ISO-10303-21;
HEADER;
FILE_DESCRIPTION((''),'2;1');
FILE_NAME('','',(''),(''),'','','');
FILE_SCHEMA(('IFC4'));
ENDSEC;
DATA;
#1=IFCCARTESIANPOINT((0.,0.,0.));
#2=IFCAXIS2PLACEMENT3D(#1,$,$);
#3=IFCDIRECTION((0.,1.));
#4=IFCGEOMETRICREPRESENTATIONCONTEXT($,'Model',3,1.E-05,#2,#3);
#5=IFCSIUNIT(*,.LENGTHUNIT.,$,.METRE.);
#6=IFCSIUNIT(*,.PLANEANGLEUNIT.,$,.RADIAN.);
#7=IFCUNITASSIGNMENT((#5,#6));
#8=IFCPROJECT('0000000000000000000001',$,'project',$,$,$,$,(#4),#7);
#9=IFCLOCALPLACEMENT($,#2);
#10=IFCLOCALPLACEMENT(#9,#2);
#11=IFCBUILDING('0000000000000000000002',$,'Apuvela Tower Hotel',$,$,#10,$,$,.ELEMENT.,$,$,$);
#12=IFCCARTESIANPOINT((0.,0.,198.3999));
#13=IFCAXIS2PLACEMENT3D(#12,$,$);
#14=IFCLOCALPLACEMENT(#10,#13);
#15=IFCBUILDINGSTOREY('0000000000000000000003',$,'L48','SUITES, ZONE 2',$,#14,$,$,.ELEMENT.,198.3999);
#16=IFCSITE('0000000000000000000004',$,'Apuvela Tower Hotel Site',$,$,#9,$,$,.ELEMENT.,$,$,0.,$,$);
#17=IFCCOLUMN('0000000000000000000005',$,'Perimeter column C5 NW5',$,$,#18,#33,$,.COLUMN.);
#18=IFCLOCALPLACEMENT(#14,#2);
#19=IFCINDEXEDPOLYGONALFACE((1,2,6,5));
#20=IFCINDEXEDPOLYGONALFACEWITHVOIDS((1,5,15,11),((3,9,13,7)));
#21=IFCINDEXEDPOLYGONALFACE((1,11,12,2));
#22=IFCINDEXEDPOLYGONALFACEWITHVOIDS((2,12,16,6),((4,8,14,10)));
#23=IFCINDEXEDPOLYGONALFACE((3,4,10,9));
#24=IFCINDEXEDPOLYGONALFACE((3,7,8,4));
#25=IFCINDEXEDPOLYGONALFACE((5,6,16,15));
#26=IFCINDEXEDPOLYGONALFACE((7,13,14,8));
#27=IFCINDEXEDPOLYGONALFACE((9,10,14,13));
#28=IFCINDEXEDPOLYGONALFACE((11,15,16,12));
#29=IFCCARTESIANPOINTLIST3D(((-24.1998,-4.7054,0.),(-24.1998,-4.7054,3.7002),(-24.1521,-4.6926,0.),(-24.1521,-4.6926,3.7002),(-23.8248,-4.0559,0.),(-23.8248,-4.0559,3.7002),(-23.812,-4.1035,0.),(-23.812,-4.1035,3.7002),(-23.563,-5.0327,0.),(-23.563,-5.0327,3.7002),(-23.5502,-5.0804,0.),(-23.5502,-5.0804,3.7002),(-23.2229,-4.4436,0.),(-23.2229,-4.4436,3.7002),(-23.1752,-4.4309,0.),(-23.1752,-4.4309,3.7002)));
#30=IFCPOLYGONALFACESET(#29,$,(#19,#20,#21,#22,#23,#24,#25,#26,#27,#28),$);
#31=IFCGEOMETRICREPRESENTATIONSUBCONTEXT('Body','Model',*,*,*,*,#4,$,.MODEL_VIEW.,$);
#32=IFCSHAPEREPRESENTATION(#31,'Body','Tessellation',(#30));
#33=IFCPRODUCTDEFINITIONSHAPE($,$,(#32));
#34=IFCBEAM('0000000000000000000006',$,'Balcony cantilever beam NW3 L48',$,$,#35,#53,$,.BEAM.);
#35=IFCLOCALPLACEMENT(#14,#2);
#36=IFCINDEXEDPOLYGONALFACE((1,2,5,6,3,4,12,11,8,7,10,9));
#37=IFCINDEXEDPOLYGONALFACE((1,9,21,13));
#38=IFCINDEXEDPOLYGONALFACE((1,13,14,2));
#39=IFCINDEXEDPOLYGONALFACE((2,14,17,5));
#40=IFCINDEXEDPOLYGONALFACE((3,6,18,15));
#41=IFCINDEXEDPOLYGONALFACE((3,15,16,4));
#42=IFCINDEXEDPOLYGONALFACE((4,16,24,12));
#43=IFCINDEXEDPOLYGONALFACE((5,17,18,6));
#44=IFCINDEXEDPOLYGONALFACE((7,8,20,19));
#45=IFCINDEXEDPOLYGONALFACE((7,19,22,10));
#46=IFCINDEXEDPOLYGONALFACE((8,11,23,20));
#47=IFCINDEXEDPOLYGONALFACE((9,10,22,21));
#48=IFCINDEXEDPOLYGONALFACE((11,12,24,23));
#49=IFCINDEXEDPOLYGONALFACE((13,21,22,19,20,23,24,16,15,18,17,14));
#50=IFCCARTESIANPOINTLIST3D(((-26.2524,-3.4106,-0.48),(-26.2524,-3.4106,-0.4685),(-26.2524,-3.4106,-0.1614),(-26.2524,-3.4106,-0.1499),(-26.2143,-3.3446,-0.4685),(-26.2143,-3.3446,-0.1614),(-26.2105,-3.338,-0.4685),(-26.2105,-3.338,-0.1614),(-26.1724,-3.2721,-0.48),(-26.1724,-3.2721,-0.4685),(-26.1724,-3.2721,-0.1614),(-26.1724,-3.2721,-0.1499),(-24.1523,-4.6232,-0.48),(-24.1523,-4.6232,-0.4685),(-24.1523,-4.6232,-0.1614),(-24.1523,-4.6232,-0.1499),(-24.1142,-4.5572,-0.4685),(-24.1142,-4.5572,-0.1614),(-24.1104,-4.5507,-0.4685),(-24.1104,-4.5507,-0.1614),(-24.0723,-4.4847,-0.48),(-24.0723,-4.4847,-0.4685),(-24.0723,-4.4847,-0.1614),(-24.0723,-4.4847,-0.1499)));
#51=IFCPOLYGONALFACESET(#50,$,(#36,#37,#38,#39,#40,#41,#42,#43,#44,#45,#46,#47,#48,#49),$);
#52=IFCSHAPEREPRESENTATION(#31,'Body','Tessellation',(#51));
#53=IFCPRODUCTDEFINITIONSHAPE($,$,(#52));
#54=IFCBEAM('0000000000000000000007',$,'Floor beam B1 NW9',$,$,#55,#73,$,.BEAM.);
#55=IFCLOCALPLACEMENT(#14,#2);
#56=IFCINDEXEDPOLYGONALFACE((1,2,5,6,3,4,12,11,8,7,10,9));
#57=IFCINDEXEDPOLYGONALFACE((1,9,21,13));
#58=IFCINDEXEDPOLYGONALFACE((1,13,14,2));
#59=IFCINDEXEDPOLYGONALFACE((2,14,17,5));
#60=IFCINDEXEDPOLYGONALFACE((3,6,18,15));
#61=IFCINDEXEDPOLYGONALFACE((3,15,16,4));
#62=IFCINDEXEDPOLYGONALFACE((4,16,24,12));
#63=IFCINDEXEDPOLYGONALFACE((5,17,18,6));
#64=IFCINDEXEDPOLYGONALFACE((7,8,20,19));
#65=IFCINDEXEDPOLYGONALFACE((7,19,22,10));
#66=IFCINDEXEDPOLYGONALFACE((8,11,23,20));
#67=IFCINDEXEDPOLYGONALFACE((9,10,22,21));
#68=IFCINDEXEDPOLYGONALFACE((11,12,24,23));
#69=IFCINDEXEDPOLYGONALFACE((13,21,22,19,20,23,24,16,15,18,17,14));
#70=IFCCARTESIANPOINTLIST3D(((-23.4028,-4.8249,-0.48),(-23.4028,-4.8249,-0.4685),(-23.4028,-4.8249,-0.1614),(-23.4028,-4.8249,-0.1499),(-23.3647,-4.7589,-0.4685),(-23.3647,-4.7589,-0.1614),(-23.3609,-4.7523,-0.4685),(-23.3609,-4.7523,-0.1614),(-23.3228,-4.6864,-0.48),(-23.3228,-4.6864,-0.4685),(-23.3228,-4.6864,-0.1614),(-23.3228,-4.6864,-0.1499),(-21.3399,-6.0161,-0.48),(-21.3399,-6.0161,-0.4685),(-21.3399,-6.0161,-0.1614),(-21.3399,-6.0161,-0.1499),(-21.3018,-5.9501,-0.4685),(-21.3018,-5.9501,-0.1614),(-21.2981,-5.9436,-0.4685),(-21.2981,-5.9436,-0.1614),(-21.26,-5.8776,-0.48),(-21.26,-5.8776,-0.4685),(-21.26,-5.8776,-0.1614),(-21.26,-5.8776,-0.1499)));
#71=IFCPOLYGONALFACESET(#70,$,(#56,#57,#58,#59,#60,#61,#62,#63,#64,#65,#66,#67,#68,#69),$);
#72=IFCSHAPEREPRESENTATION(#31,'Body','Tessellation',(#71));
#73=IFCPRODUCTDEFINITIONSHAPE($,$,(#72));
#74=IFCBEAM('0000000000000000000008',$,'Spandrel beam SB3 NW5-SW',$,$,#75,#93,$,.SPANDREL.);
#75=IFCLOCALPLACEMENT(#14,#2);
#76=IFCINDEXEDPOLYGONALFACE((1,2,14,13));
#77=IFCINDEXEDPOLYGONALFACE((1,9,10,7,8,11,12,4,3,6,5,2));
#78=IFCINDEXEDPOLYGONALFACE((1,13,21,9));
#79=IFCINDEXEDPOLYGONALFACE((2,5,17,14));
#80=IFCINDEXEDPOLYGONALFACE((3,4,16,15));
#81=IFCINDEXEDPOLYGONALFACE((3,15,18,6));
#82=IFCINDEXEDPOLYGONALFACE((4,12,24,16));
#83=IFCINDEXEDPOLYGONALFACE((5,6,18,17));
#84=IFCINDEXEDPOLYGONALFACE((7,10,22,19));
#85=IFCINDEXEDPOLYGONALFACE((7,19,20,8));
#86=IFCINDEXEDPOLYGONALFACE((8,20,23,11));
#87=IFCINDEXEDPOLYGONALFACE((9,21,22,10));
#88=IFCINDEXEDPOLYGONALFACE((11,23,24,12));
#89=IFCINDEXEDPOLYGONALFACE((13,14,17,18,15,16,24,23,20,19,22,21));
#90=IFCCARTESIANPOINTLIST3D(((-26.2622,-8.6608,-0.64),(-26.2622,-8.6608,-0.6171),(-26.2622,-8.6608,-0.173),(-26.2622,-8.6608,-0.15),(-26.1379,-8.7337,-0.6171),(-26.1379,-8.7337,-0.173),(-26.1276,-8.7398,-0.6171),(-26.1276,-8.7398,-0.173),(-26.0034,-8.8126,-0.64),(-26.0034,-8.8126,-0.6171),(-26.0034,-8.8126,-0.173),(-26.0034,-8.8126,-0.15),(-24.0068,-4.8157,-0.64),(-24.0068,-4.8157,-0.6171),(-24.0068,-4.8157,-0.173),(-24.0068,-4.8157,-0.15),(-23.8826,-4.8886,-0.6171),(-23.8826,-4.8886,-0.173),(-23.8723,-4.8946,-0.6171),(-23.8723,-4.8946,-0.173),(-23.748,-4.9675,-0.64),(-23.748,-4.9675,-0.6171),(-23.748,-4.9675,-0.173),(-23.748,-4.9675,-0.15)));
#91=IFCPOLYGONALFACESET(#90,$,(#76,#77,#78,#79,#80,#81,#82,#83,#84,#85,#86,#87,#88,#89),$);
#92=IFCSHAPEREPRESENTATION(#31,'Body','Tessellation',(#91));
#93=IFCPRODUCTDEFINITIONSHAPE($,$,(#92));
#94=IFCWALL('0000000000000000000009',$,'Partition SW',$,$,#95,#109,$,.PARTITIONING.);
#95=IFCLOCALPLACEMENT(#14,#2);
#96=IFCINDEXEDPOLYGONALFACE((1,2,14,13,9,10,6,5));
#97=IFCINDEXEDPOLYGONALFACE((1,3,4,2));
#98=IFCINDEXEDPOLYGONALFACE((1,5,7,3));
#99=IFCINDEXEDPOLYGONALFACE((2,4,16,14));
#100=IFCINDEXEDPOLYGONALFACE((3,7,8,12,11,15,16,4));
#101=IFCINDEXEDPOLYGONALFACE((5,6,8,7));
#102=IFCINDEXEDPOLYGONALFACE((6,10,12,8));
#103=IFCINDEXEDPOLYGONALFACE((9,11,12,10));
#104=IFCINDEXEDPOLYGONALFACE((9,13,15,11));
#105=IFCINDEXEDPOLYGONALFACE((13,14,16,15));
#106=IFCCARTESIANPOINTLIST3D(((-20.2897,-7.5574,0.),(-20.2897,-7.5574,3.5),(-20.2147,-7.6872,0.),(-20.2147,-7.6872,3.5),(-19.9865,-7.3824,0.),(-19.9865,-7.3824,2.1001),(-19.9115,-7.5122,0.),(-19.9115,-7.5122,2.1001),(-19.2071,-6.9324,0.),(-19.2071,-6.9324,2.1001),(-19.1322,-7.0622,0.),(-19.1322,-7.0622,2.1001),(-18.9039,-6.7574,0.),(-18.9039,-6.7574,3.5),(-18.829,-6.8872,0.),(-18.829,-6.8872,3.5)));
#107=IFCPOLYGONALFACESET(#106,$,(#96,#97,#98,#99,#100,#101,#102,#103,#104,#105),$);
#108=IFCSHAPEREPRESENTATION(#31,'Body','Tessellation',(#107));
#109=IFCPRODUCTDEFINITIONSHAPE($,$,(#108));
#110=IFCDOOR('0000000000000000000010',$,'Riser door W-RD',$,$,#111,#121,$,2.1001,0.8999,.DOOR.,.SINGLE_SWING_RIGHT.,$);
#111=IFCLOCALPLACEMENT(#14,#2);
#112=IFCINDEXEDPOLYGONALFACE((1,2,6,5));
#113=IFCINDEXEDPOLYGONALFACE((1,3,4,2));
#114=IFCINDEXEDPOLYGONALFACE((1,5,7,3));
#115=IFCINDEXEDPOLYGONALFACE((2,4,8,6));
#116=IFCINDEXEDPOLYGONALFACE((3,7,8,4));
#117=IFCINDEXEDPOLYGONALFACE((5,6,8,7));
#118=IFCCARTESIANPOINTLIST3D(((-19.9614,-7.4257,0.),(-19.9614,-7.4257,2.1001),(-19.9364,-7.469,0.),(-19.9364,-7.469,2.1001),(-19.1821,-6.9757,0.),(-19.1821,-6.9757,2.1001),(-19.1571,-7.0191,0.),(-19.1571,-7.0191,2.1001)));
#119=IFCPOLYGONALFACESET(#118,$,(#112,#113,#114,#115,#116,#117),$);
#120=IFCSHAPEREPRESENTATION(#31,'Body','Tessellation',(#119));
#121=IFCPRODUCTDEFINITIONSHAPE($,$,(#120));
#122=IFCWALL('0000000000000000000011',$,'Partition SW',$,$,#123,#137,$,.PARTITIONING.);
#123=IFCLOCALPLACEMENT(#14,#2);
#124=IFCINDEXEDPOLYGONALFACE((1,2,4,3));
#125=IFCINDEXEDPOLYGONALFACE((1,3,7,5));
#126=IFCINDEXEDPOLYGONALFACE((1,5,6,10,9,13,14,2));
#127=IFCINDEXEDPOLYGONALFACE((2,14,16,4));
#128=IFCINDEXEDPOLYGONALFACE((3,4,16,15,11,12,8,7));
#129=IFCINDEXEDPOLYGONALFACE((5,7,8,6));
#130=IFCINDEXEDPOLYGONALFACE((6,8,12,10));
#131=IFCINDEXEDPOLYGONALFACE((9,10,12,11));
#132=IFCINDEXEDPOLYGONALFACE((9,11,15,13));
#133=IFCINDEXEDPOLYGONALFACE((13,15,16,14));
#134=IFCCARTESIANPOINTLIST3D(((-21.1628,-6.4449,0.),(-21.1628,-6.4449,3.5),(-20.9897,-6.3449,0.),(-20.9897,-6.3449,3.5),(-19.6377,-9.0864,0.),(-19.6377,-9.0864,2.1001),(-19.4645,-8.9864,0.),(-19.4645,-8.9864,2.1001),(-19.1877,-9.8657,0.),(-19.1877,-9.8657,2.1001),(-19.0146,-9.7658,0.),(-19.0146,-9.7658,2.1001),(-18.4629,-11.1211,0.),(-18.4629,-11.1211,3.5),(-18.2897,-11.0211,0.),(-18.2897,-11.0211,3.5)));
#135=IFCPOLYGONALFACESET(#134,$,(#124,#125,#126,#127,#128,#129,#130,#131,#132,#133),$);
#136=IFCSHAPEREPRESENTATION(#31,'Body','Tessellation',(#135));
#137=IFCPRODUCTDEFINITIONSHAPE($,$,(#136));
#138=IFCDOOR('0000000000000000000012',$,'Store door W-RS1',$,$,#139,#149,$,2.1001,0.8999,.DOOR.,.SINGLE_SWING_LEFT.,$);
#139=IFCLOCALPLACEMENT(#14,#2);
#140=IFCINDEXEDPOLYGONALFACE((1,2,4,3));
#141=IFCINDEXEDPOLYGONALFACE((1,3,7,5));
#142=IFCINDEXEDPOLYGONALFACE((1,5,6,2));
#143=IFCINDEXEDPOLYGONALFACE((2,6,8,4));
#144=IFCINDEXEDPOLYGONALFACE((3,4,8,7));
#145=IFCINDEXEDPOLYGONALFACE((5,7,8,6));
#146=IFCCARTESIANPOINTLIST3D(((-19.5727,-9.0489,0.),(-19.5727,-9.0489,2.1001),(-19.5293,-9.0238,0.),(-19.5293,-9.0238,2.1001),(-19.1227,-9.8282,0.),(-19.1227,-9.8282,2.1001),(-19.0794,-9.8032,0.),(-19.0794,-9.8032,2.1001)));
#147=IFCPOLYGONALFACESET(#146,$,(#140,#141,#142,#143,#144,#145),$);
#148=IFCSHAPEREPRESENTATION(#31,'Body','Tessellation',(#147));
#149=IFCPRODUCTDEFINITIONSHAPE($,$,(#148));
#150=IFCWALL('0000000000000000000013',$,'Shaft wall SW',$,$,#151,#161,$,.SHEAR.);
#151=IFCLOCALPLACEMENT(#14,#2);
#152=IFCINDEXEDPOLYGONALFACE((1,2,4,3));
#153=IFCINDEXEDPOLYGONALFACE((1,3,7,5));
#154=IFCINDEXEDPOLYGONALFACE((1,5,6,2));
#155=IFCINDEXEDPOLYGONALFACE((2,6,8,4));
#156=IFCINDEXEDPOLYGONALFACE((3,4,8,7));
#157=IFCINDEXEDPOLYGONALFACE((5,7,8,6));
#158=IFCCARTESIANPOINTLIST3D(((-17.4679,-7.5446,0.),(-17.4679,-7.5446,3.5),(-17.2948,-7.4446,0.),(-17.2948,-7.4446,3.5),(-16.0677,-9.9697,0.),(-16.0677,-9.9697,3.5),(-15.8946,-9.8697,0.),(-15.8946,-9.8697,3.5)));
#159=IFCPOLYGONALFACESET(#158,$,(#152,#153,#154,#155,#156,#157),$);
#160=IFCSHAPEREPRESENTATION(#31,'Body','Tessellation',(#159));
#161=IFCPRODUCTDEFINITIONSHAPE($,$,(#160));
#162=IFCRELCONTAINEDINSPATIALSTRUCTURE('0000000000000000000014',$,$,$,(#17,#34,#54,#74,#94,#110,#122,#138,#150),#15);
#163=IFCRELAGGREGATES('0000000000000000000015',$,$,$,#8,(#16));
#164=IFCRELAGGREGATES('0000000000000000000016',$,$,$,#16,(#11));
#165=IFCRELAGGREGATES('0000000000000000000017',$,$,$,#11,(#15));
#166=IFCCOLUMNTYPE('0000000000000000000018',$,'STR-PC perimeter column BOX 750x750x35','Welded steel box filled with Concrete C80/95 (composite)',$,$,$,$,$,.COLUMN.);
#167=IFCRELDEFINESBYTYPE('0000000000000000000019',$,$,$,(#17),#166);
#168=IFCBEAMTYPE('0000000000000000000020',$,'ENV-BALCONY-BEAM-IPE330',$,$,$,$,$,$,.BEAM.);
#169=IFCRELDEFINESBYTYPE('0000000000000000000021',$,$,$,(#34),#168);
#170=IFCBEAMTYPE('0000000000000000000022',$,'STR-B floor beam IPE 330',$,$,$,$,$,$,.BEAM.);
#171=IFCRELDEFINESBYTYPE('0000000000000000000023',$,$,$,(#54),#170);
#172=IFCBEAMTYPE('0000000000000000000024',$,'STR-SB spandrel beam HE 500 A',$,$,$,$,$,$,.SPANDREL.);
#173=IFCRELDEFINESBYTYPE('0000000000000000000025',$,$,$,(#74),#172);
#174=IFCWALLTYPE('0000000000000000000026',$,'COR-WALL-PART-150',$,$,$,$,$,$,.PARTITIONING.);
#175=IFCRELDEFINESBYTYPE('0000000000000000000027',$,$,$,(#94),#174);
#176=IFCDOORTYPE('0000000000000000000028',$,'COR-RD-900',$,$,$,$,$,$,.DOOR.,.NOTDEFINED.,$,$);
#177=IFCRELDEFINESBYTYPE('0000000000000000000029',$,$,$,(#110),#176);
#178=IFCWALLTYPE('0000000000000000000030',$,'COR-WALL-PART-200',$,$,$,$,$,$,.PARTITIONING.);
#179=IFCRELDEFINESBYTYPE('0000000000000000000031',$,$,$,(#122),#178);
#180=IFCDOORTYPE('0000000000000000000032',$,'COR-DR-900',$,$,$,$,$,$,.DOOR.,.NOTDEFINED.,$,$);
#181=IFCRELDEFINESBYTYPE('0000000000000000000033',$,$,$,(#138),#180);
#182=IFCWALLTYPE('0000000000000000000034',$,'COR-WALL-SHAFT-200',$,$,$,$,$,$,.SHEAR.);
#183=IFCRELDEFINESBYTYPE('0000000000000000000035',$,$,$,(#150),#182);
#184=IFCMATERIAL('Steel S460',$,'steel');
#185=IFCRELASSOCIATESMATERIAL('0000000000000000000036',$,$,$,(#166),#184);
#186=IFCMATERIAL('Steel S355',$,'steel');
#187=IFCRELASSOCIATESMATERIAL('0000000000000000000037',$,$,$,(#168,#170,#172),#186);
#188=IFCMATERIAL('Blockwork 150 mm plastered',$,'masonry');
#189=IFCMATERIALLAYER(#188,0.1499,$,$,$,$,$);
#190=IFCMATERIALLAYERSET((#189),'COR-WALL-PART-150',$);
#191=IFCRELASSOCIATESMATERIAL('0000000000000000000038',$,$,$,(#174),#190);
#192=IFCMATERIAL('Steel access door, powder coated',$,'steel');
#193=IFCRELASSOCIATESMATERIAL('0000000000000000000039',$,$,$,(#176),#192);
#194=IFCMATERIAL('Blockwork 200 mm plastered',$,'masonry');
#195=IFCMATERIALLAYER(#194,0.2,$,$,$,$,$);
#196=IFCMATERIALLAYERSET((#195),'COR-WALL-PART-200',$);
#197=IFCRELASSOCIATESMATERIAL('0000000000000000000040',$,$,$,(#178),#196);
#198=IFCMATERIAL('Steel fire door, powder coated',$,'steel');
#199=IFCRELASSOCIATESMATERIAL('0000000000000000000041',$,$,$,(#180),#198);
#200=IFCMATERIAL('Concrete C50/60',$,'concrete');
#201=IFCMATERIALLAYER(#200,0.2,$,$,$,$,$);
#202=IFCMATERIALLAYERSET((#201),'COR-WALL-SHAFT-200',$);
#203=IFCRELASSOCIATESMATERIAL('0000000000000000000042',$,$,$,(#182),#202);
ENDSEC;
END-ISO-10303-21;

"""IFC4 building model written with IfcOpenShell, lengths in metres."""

from ifc_helpers import new_model, si_unit, direction, frame, frame_2d, origin, origin_2d, place, context, subcontext, project, spatial, rectangle, hollow_rectangle, i_section, extrude, material, layer, layer_set, material_profile, profile_set, type_object, element, fill, save


model = new_model("IFC4")

# Units and contexts
model_context = context("Model", 3, precision=1e-05, world=origin(), true_north=direction((0.0, 1.0)))
body_context = subcontext(model_context, "Body", "Model", "MODEL_VIEW")
ifc_project = project(units=[si_unit("LENGTHUNIT", "METRE"), si_unit("PLANEANGLEUNIT", "RADIAN")], contexts=[model_context])

# Site, building, storey
site_placement = place(None, origin())
site = spatial("IfcSite", under=ifc_project, at=site_placement, Name="Apuvela Tower Hotel Site", CompositionType="ELEMENT", RefElevation=0.0)
building_placement = place(site_placement, origin())
building = spatial("IfcBuilding", under=site, at=building_placement, Name="Apuvela Tower Hotel", CompositionType="ELEMENT")
storey_placement = place(building_placement, frame((0.0, 0.0, 198.3999)))
storey = spatial("IfcBuildingStorey", under=building, at=storey_placement, Name="L48", Description="SUITES, ZONE 2", CompositionType="ELEMENT", Elevation=198.3999)

# Column
ifc_material_1 = material(Name="Steel S460", Category="steel")
ifc_material_profile_1 = material_profile(ifc_material_1, hollow_rectangle(XDim=0.75, YDim=0.75, WallThickness=0.0349, at=origin_2d()), Name="BOX 750x750x35")
ifc_material_2 = material(Name="Concrete C80/95", Category="concrete")
ifc_material_profile_2 = material_profile(ifc_material_2, rectangle(XDim=0.6799, YDim=0.6799, at=origin_2d()), Name="Concrete C80/95 infill")
ifc_profile_set_1 = profile_set([ifc_material_profile_1, ifc_material_profile_2], Name="Steel S460")
column_type = type_object("IfcColumnType", Name="STR-PC perimeter column BOX 750x750x35", Description="Welded steel box filled with Concrete C80/95 (composite)", PredefinedType="COLUMN", material=ifc_profile_set_1)
column_placement = place(storey_placement, frame((-23.6875, -4.5681, 0.0), z_axis=(0.0, 0.0, 1.0), x_axis=(0.5, 0.866025, 0.0)))
element("IfcColumn", 1, at=column_placement, inside=storey, type_object=column_type, Name="Perimeter column C5 NW5", PredefinedType="COLUMN", context=body_context, shape_type="SweptSolid", body=[
    extrude(hollow_rectangle(XDim=0.75, YDim=0.75, WallThickness=0.0349, at=origin_2d()), origin(), (0.0, 0.0, 1.0), 3.7002),
])

# Beams
ifc_material_3 = material(Name="Steel S355", Category="steel")
ifc_material_profile_3 = material_profile(ifc_material_3, i_section(OverallWidth=0.1599, OverallDepth=0.3301, WebThickness=0.0076, FlangeThickness=0.0115, at=origin_2d()), Name="IPE 330")
ifc_profile_set_2 = profile_set([ifc_material_profile_3], Name="Steel S355")
beam_type_1 = type_object("IfcBeamType", Name="ENV-BALCONY-BEAM-IPE330", PredefinedType="BEAM", material=ifc_profile_set_2)
beam_1_placement = place(storey_placement, frame((-24.1123, -4.554, -0.3149), z_axis=(-0.865998, 0.500048, 0.0), x_axis=(-0.500048, -0.865998, 0.0)))
element("IfcBeam", 2, at=beam_1_placement, inside=storey, type_object=beam_type_1, Name="Balcony cantilever beam NW3 L48", PredefinedType="BEAM", context=body_context, shape_type="SweptSolid", body=[
    extrude(i_section(OverallWidth=0.1599, OverallDepth=0.3301, WebThickness=0.0076, FlangeThickness=0.0115, at=origin_2d()), origin(), (0.0, 0.0, 1.0), 2.425),
])
ifc_material_profile_4 = material_profile(ifc_material_3, i_section(OverallWidth=0.1599, OverallDepth=0.3301, WebThickness=0.0076, FlangeThickness=0.0115, at=origin_2d()), Name="IPE 330")
ifc_profile_set_3 = profile_set([ifc_material_profile_4], Name="Steel S355")
beam_type_2 = type_object("IfcBeamType", Name="STR-B floor beam IPE 330", PredefinedType="BEAM", material=ifc_profile_set_3)
beam_2_placement = place(storey_placement, frame((-23.3628, -4.7556, -0.3149), z_axis=(0.865982, -0.500074, 0.0), x_axis=(0.500074, 0.865982, 0.0)))
element("IfcBeam", 3, at=beam_2_placement, inside=storey, type_object=beam_type_2, Name="Floor beam B1 NW9", PredefinedType="BEAM", context=body_context, shape_type="SweptSolid", body=[
    extrude(i_section(OverallWidth=0.1599, OverallDepth=0.3301, WebThickness=0.0076, FlangeThickness=0.0115, at=origin_2d()), origin(), (0.0, 0.0, 1.0), 2.3821),
])
ifc_material_profile_5 = material_profile(ifc_material_3, i_section(OverallWidth=0.3, OverallDepth=0.49, WebThickness=0.012, FlangeThickness=0.0229, at=origin_2d()), Name="HE 500 A")
ifc_profile_set_4 = profile_set([ifc_material_profile_5], Name="Steel S355")
beam_type_3 = type_object("IfcBeamType", Name="STR-SB spandrel beam HE 500 A", PredefinedType="SPANDREL", material=ifc_profile_set_4)
beam_3_placement = place(storey_placement, frame((-23.8774, -4.8916, -0.395), z_axis=(-0.505933, -0.862573, 0.0), x_axis=(0.862573, -0.505933, 0.0)))
element("IfcBeam", 4, at=beam_3_placement, inside=storey, type_object=beam_type_3, Name="Spandrel beam SB3 NW5-SW", PredefinedType="SPANDREL", context=body_context, shape_type="SweptSolid", body=[
    extrude(i_section(OverallWidth=0.3, OverallDepth=0.49, WebThickness=0.012, FlangeThickness=0.0229, at=origin_2d()), origin(), (0.0, 0.0, 1.0), 4.4578),
])

# Walls, openings, doors
ifc_material_4 = material(Name="Blockwork 150 mm plastered", Category="masonry")
ifc_layer_1 = layer(ifc_material_4, 0.1499)
ifc_layer_set_1 = layer_set([ifc_layer_1], Name="COR-WALL-PART-150")
wall_type_1 = type_object("IfcWallType", Name="COR-WALL-PART-150", PredefinedType="PARTITIONING", material=ifc_layer_set_1)
wall_1_placement = place(storey_placement, frame((-18.8665, -6.8223, 0.0), z_axis=(0.0, 0.0, 1.0), x_axis=(-0.866028, -0.499995, 0.0)))
wall_1 = element("IfcWall", 5, at=wall_1_placement, inside=storey, type_object=wall_type_1, Name="Partition SW", PredefinedType="PARTITIONING", context=body_context, shape_type="SweptSolid", body=[
    extrude(rectangle(XDim=1.6001, YDim=0.1499, at=frame_2d((0.8, 0.0))), origin(), (0.0, 0.0, 1.0), 3.5),
])
opening_1_placement = place(wall_1_placement, frame((0.3501, 0.0, 0.0)))
opening_1 = element("IfcOpeningElement", 6, at=opening_1_placement, cuts=wall_1, PredefinedType="OPENING", context=body_context, shape_type="SweptSolid", body=[
    extrude(rectangle(XDim=0.8999, YDim=2.1001, at=frame_2d((0.45, 1.05))), frame((0.0, 0.085, 0.0), z_axis=(0.0, -1.0, 0.0), x_axis=(1.0, 0.0, 0.0)), (0.0, 0.0, 1.0), 0.1699),
])
ifc_material_5 = material(Name="Steel access door, powder coated", Category="steel")
door_type_1 = type_object("IfcDoorType", Name="COR-RD-900", OperationType="NOTDEFINED", PredefinedType="DOOR", material=ifc_material_5)
door_1_placement = place(opening_1_placement, frame((0.8999, 0.0, 0.0), z_axis=(0.0, 0.0, 1.0), x_axis=(-1.0, 0.0, 0.0)))
door_1 = element("IfcDoor", 7, at=door_1_placement, inside=storey, type_object=door_type_1, Name="Riser door W-RD", OperationType="SINGLE_SWING_RIGHT", OverallHeight=2.1001, OverallWidth=0.8999, PredefinedType="DOOR", context=body_context, shape_type="SweptSolid", body=[
    extrude(rectangle(XDim=0.8999, YDim=2.1001, at=frame_2d((0.45, 1.05))), frame((0.0, 0.0249, 0.0), z_axis=(0.0, -1.0, 0.0), x_axis=(1.0, 0.0, 0.0)), (0.0, 0.0, 1.0), 0.05),
])
fill(opening_1, door_1)
ifc_material_6 = material(Name="Blockwork 200 mm plastered", Category="masonry")
ifc_layer_2 = layer(ifc_material_6, 0.2)
ifc_layer_set_2 = layer_set([ifc_layer_2], Name="COR-WALL-PART-200")
wall_type_2 = type_object("IfcWallType", Name="COR-WALL-PART-200", PredefinedType="PARTITIONING", material=ifc_layer_set_2)
wall_2_placement = place(storey_placement, frame((-21.0762, -6.395, 0.0), z_axis=(0.0, 0.0, 1.0), x_axis=(0.500015, -0.866017, 0.0)))
wall_2 = element("IfcWall", 8, at=wall_2_placement, inside=storey, type_object=wall_type_2, Name="Partition SW", PredefinedType="PARTITIONING", context=body_context, shape_type="SweptSolid", body=[
    extrude(rectangle(XDim=5.3997, YDim=0.2, at=frame_2d((2.6997, 0.0))), origin(), (0.0, 0.0, 1.0), 3.5),
])
opening_2_placement = place(wall_2_placement, frame((3.05, 0.0, 0.0)))
opening_2 = element("IfcOpeningElement", 9, at=opening_2_placement, cuts=wall_2, PredefinedType="OPENING", context=body_context, shape_type="SweptSolid", body=[
    extrude(rectangle(XDim=0.8999, YDim=2.1001, at=frame_2d((0.45, 1.05))), frame((0.0, 0.1099, 0.0), z_axis=(0.0, -1.0, 0.0), x_axis=(1.0, 0.0, 0.0)), (0.0, 0.0, 1.0), 0.22),
])
ifc_material_7 = material(Name="Steel fire door, powder coated", Category="steel")
door_type_2 = type_object("IfcDoorType", Name="COR-DR-900", OperationType="NOTDEFINED", PredefinedType="DOOR", material=ifc_material_7)
door_2_placement = place(opening_2_placement, frame((0.8999, 0.0, 0.0), z_axis=(0.0, 0.0, 1.0), x_axis=(-1.0, 0.0, 0.0)))
door_2 = element("IfcDoor", 10, at=door_2_placement, inside=storey, type_object=door_type_2, Name="Store door W-RS1", OperationType="SINGLE_SWING_LEFT", OverallHeight=2.1001, OverallWidth=0.8999, PredefinedType="DOOR", context=body_context, shape_type="SweptSolid", body=[
    extrude(rectangle(XDim=0.8999, YDim=2.1001, at=frame_2d((0.45, 1.05))), frame((0.0, 0.0249, 0.0), z_axis=(0.0, -1.0, 0.0), x_axis=(1.0, 0.0, 0.0)), (0.0, 0.0, 1.0), 0.05),
])
fill(opening_2, door_2)

# Wall
ifc_material_8 = material(Name="Concrete C50/60", Category="concrete")
ifc_layer_3 = layer(ifc_material_8, 0.2)
ifc_layer_set_3 = layer_set([ifc_layer_3], Name="COR-WALL-SHAFT-200")
wall_type_3 = type_object("IfcWallType", Name="COR-WALL-SHAFT-200", PredefinedType="SHEAR", material=ifc_layer_set_3)
wall_3_placement = place(storey_placement, frame((-17.3813, -7.4946, 0.0), z_axis=(0.0, 0.0, 1.0), x_axis=(0.500012, -0.866019, 0.0)))
element("IfcWall", 11, at=wall_3_placement, inside=storey, type_object=wall_type_3, Name="Shaft wall SW", PredefinedType="SHEAR", context=body_context, shape_type="SweptSolid", body=[
    extrude(rectangle(XDim=2.8003, YDim=0.2, at=frame_2d((1.4001, 0.0))), origin(), (0.0, 0.0, 1.0), 3.5),
])

save(model, "model.ifc")
